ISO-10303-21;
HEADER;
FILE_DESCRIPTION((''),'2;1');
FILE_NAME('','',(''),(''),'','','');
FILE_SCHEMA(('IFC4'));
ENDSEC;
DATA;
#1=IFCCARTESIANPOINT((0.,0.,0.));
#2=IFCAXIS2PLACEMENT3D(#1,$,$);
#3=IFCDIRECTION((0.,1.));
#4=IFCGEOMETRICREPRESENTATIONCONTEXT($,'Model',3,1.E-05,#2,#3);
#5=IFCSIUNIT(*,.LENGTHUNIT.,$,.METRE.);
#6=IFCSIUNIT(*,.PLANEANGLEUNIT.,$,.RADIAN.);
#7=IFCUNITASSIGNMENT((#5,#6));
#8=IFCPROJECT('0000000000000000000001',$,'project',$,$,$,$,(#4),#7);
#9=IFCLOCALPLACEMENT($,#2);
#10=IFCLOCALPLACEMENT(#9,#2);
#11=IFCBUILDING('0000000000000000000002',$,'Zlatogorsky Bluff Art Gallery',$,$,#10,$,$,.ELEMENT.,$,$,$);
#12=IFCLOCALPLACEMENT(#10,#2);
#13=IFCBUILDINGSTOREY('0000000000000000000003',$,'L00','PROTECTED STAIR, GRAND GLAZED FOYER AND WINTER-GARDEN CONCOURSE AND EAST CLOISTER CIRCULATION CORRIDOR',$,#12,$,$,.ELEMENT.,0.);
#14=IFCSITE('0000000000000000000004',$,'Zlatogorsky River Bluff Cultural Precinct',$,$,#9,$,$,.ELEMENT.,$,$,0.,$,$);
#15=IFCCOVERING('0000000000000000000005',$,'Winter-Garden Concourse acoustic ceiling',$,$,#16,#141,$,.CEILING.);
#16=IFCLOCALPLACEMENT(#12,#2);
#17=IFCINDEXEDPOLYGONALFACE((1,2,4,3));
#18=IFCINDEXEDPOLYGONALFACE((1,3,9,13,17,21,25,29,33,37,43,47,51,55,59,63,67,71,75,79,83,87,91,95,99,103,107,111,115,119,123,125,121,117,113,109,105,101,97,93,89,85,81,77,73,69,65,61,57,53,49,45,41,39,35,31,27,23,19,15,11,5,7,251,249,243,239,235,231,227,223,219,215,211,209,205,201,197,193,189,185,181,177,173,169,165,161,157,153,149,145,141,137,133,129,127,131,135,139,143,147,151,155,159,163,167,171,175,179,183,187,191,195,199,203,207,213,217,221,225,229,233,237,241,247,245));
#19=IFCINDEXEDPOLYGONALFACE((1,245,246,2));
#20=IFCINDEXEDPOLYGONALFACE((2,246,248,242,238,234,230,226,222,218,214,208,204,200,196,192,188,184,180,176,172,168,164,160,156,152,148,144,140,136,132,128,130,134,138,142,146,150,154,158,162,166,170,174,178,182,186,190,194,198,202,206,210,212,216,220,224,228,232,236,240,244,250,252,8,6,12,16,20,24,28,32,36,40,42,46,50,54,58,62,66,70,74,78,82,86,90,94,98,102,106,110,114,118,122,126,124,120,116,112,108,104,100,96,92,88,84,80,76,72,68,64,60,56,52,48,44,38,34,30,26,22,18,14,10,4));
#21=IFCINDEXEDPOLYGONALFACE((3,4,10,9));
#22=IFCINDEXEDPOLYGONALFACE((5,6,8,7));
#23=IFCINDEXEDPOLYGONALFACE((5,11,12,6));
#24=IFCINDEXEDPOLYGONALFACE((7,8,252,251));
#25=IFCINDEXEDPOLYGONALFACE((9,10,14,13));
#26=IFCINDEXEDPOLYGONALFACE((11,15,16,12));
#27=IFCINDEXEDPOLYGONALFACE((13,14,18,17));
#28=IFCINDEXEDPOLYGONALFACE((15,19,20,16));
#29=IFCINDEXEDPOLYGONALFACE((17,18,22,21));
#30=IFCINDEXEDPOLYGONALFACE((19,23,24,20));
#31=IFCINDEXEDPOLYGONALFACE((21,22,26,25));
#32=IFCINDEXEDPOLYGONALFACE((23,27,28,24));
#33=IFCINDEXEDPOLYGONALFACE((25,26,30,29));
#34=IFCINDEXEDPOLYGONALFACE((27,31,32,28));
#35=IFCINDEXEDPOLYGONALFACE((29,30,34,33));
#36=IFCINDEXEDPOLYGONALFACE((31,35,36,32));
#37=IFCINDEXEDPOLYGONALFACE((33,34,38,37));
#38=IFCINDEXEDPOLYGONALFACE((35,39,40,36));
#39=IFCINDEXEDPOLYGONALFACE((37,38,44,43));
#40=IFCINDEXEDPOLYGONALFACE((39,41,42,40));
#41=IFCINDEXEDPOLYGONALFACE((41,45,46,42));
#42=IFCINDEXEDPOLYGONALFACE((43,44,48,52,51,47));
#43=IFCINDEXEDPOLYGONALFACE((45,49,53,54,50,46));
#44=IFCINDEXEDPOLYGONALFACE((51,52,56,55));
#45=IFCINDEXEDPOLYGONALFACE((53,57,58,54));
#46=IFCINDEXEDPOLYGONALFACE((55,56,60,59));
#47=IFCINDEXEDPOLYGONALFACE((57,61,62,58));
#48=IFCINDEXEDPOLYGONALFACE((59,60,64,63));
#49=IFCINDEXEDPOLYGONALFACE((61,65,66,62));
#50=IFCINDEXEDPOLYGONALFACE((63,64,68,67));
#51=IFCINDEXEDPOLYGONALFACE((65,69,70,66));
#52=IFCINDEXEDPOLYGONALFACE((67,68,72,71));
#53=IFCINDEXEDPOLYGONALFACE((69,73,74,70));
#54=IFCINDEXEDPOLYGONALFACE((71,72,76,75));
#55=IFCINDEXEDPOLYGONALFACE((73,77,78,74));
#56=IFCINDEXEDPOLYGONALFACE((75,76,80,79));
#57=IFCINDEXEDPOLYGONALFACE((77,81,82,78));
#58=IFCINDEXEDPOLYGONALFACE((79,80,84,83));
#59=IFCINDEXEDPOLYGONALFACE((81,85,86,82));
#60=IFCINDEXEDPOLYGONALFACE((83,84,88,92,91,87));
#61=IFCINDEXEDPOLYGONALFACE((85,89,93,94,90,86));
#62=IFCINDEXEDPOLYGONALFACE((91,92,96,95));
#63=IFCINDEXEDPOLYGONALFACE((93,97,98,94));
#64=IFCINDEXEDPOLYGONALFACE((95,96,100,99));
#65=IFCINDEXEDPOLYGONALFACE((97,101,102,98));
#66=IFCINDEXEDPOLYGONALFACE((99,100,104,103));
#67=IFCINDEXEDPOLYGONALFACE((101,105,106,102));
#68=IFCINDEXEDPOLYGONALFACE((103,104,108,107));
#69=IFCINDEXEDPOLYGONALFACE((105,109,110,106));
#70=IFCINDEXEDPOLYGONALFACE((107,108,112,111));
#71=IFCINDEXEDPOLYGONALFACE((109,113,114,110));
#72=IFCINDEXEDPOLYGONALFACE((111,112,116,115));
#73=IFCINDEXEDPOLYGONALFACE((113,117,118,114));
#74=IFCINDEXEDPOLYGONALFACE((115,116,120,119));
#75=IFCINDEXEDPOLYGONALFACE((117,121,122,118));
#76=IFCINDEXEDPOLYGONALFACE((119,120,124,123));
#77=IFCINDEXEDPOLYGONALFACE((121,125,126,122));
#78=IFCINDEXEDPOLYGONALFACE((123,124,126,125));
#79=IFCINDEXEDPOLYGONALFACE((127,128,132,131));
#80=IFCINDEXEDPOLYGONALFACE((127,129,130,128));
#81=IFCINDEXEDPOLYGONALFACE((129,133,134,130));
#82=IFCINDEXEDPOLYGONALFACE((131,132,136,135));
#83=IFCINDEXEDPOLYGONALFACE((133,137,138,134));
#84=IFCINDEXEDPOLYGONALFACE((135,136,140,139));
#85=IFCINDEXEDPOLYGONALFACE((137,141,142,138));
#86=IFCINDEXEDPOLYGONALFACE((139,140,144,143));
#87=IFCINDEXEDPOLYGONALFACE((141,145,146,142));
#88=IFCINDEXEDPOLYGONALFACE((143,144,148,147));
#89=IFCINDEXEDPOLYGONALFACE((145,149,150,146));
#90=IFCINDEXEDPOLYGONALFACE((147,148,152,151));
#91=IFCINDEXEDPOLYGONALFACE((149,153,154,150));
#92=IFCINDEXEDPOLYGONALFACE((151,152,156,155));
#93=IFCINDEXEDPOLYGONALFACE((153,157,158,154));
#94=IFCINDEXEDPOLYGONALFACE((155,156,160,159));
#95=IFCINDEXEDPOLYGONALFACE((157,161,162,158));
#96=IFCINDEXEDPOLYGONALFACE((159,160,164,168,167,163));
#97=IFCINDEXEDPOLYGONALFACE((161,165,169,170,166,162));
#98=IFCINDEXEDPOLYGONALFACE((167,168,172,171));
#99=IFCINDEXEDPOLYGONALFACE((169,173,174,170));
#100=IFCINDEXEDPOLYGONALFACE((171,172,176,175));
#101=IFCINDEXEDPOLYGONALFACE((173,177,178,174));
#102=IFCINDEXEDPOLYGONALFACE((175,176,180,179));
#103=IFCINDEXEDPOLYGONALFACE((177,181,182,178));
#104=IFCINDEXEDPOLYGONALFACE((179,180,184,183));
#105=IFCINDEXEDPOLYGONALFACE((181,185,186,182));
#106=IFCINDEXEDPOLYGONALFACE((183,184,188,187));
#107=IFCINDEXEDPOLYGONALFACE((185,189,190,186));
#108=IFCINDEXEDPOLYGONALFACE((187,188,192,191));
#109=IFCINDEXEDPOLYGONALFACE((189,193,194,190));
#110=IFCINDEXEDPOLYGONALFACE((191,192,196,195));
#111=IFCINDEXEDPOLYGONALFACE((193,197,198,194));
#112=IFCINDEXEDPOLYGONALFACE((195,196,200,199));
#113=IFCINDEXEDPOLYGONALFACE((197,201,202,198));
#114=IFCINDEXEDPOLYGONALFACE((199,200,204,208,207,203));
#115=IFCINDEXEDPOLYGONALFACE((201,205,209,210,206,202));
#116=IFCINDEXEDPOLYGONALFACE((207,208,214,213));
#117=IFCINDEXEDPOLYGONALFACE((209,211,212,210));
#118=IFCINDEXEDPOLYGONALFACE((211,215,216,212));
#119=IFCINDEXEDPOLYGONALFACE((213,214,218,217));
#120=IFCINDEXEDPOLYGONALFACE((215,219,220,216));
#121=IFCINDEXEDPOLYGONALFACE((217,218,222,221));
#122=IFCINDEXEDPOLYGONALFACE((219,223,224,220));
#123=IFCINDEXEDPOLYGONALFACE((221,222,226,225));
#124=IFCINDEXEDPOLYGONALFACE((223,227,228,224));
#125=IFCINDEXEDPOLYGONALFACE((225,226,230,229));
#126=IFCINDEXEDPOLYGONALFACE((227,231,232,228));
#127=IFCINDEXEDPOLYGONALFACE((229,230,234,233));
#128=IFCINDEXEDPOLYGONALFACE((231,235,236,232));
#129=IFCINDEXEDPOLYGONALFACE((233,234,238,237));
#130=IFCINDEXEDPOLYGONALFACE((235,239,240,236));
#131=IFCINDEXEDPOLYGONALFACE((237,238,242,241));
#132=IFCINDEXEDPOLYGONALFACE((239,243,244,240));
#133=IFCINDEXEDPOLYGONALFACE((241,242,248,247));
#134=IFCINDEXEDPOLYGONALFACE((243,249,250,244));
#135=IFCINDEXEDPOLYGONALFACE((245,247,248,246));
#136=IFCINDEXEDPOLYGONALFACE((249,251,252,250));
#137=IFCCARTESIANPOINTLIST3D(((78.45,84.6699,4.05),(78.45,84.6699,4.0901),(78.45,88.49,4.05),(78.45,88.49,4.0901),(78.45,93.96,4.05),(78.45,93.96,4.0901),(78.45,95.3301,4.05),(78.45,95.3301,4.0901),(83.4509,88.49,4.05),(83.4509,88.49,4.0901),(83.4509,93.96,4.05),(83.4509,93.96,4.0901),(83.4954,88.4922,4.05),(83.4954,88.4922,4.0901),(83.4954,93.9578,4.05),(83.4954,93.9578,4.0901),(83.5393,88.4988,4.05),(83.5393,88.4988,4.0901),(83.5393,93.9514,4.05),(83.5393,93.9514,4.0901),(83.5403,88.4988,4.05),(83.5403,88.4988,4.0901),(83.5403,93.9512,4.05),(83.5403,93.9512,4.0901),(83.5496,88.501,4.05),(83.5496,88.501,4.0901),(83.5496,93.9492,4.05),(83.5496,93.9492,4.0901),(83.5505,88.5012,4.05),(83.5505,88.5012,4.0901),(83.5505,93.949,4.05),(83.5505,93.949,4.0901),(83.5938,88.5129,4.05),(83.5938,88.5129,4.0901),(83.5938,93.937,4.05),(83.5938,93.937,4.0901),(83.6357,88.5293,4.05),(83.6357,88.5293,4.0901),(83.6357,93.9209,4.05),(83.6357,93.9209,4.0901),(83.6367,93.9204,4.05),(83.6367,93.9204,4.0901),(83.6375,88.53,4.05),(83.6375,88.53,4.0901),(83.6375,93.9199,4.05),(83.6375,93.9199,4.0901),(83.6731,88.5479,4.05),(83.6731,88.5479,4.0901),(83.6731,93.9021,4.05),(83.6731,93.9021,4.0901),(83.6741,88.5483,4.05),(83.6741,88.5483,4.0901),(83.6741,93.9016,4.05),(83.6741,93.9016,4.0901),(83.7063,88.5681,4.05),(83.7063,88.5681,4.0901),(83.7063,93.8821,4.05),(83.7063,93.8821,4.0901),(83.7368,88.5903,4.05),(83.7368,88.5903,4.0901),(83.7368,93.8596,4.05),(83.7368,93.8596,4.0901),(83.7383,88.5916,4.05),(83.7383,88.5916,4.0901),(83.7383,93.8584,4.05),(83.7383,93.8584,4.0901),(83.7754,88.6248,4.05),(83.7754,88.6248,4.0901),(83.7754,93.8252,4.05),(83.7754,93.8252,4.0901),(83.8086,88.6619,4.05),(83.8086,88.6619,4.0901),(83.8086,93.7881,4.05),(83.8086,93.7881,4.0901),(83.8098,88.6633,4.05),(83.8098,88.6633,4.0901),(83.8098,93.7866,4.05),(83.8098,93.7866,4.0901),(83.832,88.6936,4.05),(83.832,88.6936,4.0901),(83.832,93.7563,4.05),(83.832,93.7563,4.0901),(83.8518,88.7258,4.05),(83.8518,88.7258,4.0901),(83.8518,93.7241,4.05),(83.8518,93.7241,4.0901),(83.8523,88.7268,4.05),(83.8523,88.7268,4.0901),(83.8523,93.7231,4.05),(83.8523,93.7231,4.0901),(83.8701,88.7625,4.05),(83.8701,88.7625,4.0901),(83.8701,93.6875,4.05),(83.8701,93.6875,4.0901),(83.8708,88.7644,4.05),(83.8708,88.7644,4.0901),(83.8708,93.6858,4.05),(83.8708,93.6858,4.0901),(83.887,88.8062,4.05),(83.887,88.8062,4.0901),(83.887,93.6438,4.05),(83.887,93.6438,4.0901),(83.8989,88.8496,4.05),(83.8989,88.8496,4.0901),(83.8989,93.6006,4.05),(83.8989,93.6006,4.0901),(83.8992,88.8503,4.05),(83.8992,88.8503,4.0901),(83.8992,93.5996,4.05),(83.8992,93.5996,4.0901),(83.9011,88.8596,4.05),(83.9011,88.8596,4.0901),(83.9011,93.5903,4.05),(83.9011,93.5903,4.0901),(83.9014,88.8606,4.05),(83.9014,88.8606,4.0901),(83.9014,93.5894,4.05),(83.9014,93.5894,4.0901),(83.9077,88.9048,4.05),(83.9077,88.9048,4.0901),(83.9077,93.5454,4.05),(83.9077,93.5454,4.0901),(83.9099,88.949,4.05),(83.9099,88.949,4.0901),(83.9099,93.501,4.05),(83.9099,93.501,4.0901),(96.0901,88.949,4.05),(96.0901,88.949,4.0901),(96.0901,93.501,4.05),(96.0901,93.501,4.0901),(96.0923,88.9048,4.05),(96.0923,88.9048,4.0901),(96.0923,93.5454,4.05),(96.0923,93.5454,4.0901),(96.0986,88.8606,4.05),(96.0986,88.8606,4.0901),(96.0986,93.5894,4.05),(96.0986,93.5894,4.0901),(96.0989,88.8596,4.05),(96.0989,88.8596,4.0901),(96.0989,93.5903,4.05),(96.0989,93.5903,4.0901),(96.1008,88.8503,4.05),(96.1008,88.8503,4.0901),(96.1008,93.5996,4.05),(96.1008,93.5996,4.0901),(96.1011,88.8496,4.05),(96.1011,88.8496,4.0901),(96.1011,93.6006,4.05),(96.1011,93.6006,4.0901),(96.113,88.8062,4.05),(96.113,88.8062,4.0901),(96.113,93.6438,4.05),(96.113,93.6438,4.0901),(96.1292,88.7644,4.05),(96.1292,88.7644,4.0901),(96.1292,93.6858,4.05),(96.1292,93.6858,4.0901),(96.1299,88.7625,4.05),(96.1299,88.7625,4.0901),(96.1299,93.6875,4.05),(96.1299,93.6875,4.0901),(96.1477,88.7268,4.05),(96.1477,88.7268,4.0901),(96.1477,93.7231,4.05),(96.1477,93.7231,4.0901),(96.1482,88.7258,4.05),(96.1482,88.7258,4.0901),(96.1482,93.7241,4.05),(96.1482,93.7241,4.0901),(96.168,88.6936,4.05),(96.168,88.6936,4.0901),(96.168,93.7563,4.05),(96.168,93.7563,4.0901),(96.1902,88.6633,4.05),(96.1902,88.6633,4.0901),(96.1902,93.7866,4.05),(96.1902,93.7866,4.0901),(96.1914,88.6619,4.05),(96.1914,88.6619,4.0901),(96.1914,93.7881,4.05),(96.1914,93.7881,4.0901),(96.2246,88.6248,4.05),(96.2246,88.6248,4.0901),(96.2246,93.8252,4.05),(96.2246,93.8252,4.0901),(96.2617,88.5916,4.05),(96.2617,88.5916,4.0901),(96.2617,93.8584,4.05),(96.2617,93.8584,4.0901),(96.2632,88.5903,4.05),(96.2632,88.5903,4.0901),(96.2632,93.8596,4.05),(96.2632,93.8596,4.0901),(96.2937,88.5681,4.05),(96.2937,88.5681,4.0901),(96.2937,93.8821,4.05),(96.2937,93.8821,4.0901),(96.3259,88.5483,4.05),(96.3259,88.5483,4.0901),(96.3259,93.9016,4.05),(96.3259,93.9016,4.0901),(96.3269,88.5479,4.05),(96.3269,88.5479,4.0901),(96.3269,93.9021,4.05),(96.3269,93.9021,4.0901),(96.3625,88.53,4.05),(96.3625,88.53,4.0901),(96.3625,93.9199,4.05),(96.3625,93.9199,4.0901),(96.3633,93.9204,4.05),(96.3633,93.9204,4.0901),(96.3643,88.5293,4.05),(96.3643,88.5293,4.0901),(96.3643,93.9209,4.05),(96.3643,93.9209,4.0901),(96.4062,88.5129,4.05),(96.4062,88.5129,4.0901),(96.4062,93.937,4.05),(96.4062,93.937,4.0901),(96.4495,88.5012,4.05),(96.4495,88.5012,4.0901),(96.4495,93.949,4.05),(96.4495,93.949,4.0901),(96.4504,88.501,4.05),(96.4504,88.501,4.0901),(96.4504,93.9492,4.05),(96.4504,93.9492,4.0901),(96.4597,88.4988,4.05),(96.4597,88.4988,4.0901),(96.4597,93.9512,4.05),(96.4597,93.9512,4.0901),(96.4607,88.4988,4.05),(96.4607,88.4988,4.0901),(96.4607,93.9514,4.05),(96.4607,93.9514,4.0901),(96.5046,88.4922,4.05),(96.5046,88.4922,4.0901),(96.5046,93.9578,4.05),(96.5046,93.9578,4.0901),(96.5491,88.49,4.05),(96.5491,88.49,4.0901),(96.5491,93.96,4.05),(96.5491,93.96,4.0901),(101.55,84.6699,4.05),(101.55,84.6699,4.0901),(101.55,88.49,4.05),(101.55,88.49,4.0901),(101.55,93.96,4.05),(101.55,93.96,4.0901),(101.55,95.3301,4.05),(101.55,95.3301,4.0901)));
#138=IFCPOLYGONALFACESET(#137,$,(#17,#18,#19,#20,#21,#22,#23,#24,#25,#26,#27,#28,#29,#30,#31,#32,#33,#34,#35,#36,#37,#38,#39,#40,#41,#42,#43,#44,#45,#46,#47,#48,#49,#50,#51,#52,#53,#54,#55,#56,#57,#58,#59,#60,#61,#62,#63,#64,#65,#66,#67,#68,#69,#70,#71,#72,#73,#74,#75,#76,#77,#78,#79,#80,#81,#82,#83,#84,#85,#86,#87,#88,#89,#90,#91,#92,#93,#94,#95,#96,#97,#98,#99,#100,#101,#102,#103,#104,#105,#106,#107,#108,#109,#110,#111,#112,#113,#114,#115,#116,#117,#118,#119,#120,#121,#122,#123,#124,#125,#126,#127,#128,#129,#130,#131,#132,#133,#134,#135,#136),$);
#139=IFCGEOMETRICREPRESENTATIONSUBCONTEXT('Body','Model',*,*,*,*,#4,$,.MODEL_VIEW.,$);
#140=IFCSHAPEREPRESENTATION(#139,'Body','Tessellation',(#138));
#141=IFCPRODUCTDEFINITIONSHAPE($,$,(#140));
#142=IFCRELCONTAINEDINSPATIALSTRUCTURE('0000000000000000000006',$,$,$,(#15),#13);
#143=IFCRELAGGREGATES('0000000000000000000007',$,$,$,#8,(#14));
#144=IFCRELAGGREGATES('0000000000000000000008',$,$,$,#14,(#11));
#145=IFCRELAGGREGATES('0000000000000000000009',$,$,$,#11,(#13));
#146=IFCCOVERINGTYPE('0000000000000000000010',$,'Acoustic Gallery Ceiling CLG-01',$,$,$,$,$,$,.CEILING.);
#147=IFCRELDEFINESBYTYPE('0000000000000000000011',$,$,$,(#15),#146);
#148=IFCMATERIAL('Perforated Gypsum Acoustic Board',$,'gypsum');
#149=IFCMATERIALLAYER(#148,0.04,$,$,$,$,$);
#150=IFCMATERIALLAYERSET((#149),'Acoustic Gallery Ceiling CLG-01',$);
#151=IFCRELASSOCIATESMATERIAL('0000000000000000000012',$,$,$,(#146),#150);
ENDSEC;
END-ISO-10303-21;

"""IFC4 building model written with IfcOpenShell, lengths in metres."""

from ifc_helpers import new_model, si_unit, direction, frame, origin, place, context, subcontext, project, spatial, polyline, outline, extrude, material, layer, layer_set, type_object, element, save


model = new_model("IFC4")

# Units and contexts
model_context = context("Model", 3, precision=1e-05, world=origin(), true_north=direction((0.0, 1.0)))
body_context = subcontext(model_context, "Body", "Model", "MODEL_VIEW")
ifc_project = project(units=[si_unit("LENGTHUNIT", "METRE"), si_unit("PLANEANGLEUNIT", "RADIAN")], contexts=[model_context])

# Site, building, storey
site_placement = place(None, origin())
site = spatial("IfcSite", under=ifc_project, at=site_placement, Name="Zlatogorsky River Bluff Cultural Precinct", CompositionType="ELEMENT", RefElevation=0.0)
building_placement = place(site_placement, origin())
building = spatial("IfcBuilding", under=site, at=building_placement, Name="Zlatogorsky Bluff Art Gallery", CompositionType="ELEMENT")
storey_placement = place(building_placement, origin())
storey = spatial("IfcBuildingStorey", under=building, at=storey_placement, Name="L00", Description="PROTECTED STAIR, GRAND GLAZED FOYER AND WINTER-GARDEN CONCOURSE AND EAST CLOISTER CIRCULATION CORRIDOR", CompositionType="ELEMENT", Elevation=0.0)

# Covering
ifc_material_1 = material(Name="Perforated Gypsum Acoustic Board", Category="gypsum")
ifc_layer_1 = layer(ifc_material_1, 0.04)
ifc_layer_set_1 = layer_set([ifc_layer_1], Name="Acoustic Gallery Ceiling CLG-01")
covering_type_1 = type_object("IfcCoveringType", Name="Acoustic Gallery Ceiling CLG-01", PredefinedType="CEILING", material=ifc_layer_set_1)
covering_1_placement = place(storey_placement, frame((0.0, 0.0, 4.05)))
element("IfcCovering", 1, at=covering_1_placement, inside=storey, type_object=covering_type_1, Name="Winter-Garden Concourse acoustic ceiling", PredefinedType="CEILING", context=body_context, shape_type="SweptSolid", body=[
    extrude(outline(polyline([(78.45, 88.49), (83.4509, 88.49), (83.4954, 88.4922), (83.5393, 88.4988), (83.5403, 88.4988), (83.5496, 88.501), (83.5505, 88.5012), (83.5938, 88.5129), (83.6357, 88.5293), (83.6375, 88.53), (83.6731, 88.5479), (83.6741, 88.5483), (83.7063, 88.5681), (83.7368, 88.5903), (83.7383, 88.5916), (83.7754, 88.6248), (83.8086, 88.6619), (83.8098, 88.6633), (83.832, 88.6936), (83.8518, 88.7258), (83.8523, 88.7268), (83.8701, 88.7625), (83.8708, 88.7644), (83.887, 88.8062), (83.8989, 88.8496), (83.8992, 88.8503), (83.9011, 88.8596), (83.9014, 88.8606), (83.9077, 88.9048), (83.9099, 88.949), (83.9099, 93.501), (83.9077, 93.5454), (83.9014, 93.5894), (83.9011, 93.5903), (83.8992, 93.5996), (83.8989, 93.6006), (83.887, 93.6438), (83.8708, 93.6858), (83.8701, 93.6875), (83.8523, 93.7231), (83.8518, 93.7241), (83.832, 93.7563), (83.8098, 93.7866), (83.8086, 93.7881), (83.7754, 93.8252), (83.7383, 93.8584), (83.7368, 93.8596), (83.7063, 93.8821), (83.6741, 93.9016), (83.6731, 93.9021), (83.6375, 93.9199), (83.6367, 93.9204), (83.6357, 93.9209), (83.5938, 93.937), (83.5505, 93.949), (83.5496, 93.9492), (83.5403, 93.9512), (83.5393, 93.9514), (83.4954, 93.9578), (83.4509, 93.96), (78.45, 93.96), (78.45, 95.3301), (101.55, 95.3301), (101.55, 93.96), (96.5491, 93.96), (96.5046, 93.9578), (96.4607, 93.9514), (96.4597, 93.9512), (96.4504, 93.9492), (96.4495, 93.949), (96.4062, 93.937), (96.3643, 93.9209), (96.3633, 93.9204), (96.3625, 93.9199), (96.3269, 93.9021), (96.3259, 93.9016), (96.2937, 93.8821), (96.2632, 93.8596), (96.2617, 93.8584), (96.2246, 93.8252), (96.1914, 93.7881), (96.1902, 93.7866), (96.168, 93.7563), (96.1482, 93.7241), (96.1477, 93.7231), (96.1299, 93.6875), (96.1292, 93.6858), (96.113, 93.6438), (96.1011, 93.6006), (96.1008, 93.5996), (96.0989, 93.5903), (96.0986, 93.5894), (96.0923, 93.5454), (96.0901, 93.501), (96.0901, 88.949), (96.0923, 88.9048), (96.0986, 88.8606), (96.0989, 88.8596), (96.1008, 88.8503), (96.1011, 88.8496), (96.113, 88.8062), (96.1292, 88.7644), (96.1299, 88.7625), (96.1477, 88.7268), (96.1482, 88.7258), (96.168, 88.6936), (96.1902, 88.6633), (96.1914, 88.6619), (96.2246, 88.6248), (96.2617, 88.5916), (96.2632, 88.5903), (96.2937, 88.5681), (96.3259, 88.5483), (96.3269, 88.5479), (96.3625, 88.53), (96.3643, 88.5293), (96.4062, 88.5129), (96.4495, 88.5012), (96.4504, 88.501), (96.4597, 88.4988), (96.4607, 88.4988), (96.5046, 88.4922), (96.5491, 88.49), (101.55, 88.49), (101.55, 84.6699), (78.45, 84.6699), (78.45, 88.49)])), origin(), (0.0, 0.0, 1.0), 0.04),
])

save(model, "model.ifc")
